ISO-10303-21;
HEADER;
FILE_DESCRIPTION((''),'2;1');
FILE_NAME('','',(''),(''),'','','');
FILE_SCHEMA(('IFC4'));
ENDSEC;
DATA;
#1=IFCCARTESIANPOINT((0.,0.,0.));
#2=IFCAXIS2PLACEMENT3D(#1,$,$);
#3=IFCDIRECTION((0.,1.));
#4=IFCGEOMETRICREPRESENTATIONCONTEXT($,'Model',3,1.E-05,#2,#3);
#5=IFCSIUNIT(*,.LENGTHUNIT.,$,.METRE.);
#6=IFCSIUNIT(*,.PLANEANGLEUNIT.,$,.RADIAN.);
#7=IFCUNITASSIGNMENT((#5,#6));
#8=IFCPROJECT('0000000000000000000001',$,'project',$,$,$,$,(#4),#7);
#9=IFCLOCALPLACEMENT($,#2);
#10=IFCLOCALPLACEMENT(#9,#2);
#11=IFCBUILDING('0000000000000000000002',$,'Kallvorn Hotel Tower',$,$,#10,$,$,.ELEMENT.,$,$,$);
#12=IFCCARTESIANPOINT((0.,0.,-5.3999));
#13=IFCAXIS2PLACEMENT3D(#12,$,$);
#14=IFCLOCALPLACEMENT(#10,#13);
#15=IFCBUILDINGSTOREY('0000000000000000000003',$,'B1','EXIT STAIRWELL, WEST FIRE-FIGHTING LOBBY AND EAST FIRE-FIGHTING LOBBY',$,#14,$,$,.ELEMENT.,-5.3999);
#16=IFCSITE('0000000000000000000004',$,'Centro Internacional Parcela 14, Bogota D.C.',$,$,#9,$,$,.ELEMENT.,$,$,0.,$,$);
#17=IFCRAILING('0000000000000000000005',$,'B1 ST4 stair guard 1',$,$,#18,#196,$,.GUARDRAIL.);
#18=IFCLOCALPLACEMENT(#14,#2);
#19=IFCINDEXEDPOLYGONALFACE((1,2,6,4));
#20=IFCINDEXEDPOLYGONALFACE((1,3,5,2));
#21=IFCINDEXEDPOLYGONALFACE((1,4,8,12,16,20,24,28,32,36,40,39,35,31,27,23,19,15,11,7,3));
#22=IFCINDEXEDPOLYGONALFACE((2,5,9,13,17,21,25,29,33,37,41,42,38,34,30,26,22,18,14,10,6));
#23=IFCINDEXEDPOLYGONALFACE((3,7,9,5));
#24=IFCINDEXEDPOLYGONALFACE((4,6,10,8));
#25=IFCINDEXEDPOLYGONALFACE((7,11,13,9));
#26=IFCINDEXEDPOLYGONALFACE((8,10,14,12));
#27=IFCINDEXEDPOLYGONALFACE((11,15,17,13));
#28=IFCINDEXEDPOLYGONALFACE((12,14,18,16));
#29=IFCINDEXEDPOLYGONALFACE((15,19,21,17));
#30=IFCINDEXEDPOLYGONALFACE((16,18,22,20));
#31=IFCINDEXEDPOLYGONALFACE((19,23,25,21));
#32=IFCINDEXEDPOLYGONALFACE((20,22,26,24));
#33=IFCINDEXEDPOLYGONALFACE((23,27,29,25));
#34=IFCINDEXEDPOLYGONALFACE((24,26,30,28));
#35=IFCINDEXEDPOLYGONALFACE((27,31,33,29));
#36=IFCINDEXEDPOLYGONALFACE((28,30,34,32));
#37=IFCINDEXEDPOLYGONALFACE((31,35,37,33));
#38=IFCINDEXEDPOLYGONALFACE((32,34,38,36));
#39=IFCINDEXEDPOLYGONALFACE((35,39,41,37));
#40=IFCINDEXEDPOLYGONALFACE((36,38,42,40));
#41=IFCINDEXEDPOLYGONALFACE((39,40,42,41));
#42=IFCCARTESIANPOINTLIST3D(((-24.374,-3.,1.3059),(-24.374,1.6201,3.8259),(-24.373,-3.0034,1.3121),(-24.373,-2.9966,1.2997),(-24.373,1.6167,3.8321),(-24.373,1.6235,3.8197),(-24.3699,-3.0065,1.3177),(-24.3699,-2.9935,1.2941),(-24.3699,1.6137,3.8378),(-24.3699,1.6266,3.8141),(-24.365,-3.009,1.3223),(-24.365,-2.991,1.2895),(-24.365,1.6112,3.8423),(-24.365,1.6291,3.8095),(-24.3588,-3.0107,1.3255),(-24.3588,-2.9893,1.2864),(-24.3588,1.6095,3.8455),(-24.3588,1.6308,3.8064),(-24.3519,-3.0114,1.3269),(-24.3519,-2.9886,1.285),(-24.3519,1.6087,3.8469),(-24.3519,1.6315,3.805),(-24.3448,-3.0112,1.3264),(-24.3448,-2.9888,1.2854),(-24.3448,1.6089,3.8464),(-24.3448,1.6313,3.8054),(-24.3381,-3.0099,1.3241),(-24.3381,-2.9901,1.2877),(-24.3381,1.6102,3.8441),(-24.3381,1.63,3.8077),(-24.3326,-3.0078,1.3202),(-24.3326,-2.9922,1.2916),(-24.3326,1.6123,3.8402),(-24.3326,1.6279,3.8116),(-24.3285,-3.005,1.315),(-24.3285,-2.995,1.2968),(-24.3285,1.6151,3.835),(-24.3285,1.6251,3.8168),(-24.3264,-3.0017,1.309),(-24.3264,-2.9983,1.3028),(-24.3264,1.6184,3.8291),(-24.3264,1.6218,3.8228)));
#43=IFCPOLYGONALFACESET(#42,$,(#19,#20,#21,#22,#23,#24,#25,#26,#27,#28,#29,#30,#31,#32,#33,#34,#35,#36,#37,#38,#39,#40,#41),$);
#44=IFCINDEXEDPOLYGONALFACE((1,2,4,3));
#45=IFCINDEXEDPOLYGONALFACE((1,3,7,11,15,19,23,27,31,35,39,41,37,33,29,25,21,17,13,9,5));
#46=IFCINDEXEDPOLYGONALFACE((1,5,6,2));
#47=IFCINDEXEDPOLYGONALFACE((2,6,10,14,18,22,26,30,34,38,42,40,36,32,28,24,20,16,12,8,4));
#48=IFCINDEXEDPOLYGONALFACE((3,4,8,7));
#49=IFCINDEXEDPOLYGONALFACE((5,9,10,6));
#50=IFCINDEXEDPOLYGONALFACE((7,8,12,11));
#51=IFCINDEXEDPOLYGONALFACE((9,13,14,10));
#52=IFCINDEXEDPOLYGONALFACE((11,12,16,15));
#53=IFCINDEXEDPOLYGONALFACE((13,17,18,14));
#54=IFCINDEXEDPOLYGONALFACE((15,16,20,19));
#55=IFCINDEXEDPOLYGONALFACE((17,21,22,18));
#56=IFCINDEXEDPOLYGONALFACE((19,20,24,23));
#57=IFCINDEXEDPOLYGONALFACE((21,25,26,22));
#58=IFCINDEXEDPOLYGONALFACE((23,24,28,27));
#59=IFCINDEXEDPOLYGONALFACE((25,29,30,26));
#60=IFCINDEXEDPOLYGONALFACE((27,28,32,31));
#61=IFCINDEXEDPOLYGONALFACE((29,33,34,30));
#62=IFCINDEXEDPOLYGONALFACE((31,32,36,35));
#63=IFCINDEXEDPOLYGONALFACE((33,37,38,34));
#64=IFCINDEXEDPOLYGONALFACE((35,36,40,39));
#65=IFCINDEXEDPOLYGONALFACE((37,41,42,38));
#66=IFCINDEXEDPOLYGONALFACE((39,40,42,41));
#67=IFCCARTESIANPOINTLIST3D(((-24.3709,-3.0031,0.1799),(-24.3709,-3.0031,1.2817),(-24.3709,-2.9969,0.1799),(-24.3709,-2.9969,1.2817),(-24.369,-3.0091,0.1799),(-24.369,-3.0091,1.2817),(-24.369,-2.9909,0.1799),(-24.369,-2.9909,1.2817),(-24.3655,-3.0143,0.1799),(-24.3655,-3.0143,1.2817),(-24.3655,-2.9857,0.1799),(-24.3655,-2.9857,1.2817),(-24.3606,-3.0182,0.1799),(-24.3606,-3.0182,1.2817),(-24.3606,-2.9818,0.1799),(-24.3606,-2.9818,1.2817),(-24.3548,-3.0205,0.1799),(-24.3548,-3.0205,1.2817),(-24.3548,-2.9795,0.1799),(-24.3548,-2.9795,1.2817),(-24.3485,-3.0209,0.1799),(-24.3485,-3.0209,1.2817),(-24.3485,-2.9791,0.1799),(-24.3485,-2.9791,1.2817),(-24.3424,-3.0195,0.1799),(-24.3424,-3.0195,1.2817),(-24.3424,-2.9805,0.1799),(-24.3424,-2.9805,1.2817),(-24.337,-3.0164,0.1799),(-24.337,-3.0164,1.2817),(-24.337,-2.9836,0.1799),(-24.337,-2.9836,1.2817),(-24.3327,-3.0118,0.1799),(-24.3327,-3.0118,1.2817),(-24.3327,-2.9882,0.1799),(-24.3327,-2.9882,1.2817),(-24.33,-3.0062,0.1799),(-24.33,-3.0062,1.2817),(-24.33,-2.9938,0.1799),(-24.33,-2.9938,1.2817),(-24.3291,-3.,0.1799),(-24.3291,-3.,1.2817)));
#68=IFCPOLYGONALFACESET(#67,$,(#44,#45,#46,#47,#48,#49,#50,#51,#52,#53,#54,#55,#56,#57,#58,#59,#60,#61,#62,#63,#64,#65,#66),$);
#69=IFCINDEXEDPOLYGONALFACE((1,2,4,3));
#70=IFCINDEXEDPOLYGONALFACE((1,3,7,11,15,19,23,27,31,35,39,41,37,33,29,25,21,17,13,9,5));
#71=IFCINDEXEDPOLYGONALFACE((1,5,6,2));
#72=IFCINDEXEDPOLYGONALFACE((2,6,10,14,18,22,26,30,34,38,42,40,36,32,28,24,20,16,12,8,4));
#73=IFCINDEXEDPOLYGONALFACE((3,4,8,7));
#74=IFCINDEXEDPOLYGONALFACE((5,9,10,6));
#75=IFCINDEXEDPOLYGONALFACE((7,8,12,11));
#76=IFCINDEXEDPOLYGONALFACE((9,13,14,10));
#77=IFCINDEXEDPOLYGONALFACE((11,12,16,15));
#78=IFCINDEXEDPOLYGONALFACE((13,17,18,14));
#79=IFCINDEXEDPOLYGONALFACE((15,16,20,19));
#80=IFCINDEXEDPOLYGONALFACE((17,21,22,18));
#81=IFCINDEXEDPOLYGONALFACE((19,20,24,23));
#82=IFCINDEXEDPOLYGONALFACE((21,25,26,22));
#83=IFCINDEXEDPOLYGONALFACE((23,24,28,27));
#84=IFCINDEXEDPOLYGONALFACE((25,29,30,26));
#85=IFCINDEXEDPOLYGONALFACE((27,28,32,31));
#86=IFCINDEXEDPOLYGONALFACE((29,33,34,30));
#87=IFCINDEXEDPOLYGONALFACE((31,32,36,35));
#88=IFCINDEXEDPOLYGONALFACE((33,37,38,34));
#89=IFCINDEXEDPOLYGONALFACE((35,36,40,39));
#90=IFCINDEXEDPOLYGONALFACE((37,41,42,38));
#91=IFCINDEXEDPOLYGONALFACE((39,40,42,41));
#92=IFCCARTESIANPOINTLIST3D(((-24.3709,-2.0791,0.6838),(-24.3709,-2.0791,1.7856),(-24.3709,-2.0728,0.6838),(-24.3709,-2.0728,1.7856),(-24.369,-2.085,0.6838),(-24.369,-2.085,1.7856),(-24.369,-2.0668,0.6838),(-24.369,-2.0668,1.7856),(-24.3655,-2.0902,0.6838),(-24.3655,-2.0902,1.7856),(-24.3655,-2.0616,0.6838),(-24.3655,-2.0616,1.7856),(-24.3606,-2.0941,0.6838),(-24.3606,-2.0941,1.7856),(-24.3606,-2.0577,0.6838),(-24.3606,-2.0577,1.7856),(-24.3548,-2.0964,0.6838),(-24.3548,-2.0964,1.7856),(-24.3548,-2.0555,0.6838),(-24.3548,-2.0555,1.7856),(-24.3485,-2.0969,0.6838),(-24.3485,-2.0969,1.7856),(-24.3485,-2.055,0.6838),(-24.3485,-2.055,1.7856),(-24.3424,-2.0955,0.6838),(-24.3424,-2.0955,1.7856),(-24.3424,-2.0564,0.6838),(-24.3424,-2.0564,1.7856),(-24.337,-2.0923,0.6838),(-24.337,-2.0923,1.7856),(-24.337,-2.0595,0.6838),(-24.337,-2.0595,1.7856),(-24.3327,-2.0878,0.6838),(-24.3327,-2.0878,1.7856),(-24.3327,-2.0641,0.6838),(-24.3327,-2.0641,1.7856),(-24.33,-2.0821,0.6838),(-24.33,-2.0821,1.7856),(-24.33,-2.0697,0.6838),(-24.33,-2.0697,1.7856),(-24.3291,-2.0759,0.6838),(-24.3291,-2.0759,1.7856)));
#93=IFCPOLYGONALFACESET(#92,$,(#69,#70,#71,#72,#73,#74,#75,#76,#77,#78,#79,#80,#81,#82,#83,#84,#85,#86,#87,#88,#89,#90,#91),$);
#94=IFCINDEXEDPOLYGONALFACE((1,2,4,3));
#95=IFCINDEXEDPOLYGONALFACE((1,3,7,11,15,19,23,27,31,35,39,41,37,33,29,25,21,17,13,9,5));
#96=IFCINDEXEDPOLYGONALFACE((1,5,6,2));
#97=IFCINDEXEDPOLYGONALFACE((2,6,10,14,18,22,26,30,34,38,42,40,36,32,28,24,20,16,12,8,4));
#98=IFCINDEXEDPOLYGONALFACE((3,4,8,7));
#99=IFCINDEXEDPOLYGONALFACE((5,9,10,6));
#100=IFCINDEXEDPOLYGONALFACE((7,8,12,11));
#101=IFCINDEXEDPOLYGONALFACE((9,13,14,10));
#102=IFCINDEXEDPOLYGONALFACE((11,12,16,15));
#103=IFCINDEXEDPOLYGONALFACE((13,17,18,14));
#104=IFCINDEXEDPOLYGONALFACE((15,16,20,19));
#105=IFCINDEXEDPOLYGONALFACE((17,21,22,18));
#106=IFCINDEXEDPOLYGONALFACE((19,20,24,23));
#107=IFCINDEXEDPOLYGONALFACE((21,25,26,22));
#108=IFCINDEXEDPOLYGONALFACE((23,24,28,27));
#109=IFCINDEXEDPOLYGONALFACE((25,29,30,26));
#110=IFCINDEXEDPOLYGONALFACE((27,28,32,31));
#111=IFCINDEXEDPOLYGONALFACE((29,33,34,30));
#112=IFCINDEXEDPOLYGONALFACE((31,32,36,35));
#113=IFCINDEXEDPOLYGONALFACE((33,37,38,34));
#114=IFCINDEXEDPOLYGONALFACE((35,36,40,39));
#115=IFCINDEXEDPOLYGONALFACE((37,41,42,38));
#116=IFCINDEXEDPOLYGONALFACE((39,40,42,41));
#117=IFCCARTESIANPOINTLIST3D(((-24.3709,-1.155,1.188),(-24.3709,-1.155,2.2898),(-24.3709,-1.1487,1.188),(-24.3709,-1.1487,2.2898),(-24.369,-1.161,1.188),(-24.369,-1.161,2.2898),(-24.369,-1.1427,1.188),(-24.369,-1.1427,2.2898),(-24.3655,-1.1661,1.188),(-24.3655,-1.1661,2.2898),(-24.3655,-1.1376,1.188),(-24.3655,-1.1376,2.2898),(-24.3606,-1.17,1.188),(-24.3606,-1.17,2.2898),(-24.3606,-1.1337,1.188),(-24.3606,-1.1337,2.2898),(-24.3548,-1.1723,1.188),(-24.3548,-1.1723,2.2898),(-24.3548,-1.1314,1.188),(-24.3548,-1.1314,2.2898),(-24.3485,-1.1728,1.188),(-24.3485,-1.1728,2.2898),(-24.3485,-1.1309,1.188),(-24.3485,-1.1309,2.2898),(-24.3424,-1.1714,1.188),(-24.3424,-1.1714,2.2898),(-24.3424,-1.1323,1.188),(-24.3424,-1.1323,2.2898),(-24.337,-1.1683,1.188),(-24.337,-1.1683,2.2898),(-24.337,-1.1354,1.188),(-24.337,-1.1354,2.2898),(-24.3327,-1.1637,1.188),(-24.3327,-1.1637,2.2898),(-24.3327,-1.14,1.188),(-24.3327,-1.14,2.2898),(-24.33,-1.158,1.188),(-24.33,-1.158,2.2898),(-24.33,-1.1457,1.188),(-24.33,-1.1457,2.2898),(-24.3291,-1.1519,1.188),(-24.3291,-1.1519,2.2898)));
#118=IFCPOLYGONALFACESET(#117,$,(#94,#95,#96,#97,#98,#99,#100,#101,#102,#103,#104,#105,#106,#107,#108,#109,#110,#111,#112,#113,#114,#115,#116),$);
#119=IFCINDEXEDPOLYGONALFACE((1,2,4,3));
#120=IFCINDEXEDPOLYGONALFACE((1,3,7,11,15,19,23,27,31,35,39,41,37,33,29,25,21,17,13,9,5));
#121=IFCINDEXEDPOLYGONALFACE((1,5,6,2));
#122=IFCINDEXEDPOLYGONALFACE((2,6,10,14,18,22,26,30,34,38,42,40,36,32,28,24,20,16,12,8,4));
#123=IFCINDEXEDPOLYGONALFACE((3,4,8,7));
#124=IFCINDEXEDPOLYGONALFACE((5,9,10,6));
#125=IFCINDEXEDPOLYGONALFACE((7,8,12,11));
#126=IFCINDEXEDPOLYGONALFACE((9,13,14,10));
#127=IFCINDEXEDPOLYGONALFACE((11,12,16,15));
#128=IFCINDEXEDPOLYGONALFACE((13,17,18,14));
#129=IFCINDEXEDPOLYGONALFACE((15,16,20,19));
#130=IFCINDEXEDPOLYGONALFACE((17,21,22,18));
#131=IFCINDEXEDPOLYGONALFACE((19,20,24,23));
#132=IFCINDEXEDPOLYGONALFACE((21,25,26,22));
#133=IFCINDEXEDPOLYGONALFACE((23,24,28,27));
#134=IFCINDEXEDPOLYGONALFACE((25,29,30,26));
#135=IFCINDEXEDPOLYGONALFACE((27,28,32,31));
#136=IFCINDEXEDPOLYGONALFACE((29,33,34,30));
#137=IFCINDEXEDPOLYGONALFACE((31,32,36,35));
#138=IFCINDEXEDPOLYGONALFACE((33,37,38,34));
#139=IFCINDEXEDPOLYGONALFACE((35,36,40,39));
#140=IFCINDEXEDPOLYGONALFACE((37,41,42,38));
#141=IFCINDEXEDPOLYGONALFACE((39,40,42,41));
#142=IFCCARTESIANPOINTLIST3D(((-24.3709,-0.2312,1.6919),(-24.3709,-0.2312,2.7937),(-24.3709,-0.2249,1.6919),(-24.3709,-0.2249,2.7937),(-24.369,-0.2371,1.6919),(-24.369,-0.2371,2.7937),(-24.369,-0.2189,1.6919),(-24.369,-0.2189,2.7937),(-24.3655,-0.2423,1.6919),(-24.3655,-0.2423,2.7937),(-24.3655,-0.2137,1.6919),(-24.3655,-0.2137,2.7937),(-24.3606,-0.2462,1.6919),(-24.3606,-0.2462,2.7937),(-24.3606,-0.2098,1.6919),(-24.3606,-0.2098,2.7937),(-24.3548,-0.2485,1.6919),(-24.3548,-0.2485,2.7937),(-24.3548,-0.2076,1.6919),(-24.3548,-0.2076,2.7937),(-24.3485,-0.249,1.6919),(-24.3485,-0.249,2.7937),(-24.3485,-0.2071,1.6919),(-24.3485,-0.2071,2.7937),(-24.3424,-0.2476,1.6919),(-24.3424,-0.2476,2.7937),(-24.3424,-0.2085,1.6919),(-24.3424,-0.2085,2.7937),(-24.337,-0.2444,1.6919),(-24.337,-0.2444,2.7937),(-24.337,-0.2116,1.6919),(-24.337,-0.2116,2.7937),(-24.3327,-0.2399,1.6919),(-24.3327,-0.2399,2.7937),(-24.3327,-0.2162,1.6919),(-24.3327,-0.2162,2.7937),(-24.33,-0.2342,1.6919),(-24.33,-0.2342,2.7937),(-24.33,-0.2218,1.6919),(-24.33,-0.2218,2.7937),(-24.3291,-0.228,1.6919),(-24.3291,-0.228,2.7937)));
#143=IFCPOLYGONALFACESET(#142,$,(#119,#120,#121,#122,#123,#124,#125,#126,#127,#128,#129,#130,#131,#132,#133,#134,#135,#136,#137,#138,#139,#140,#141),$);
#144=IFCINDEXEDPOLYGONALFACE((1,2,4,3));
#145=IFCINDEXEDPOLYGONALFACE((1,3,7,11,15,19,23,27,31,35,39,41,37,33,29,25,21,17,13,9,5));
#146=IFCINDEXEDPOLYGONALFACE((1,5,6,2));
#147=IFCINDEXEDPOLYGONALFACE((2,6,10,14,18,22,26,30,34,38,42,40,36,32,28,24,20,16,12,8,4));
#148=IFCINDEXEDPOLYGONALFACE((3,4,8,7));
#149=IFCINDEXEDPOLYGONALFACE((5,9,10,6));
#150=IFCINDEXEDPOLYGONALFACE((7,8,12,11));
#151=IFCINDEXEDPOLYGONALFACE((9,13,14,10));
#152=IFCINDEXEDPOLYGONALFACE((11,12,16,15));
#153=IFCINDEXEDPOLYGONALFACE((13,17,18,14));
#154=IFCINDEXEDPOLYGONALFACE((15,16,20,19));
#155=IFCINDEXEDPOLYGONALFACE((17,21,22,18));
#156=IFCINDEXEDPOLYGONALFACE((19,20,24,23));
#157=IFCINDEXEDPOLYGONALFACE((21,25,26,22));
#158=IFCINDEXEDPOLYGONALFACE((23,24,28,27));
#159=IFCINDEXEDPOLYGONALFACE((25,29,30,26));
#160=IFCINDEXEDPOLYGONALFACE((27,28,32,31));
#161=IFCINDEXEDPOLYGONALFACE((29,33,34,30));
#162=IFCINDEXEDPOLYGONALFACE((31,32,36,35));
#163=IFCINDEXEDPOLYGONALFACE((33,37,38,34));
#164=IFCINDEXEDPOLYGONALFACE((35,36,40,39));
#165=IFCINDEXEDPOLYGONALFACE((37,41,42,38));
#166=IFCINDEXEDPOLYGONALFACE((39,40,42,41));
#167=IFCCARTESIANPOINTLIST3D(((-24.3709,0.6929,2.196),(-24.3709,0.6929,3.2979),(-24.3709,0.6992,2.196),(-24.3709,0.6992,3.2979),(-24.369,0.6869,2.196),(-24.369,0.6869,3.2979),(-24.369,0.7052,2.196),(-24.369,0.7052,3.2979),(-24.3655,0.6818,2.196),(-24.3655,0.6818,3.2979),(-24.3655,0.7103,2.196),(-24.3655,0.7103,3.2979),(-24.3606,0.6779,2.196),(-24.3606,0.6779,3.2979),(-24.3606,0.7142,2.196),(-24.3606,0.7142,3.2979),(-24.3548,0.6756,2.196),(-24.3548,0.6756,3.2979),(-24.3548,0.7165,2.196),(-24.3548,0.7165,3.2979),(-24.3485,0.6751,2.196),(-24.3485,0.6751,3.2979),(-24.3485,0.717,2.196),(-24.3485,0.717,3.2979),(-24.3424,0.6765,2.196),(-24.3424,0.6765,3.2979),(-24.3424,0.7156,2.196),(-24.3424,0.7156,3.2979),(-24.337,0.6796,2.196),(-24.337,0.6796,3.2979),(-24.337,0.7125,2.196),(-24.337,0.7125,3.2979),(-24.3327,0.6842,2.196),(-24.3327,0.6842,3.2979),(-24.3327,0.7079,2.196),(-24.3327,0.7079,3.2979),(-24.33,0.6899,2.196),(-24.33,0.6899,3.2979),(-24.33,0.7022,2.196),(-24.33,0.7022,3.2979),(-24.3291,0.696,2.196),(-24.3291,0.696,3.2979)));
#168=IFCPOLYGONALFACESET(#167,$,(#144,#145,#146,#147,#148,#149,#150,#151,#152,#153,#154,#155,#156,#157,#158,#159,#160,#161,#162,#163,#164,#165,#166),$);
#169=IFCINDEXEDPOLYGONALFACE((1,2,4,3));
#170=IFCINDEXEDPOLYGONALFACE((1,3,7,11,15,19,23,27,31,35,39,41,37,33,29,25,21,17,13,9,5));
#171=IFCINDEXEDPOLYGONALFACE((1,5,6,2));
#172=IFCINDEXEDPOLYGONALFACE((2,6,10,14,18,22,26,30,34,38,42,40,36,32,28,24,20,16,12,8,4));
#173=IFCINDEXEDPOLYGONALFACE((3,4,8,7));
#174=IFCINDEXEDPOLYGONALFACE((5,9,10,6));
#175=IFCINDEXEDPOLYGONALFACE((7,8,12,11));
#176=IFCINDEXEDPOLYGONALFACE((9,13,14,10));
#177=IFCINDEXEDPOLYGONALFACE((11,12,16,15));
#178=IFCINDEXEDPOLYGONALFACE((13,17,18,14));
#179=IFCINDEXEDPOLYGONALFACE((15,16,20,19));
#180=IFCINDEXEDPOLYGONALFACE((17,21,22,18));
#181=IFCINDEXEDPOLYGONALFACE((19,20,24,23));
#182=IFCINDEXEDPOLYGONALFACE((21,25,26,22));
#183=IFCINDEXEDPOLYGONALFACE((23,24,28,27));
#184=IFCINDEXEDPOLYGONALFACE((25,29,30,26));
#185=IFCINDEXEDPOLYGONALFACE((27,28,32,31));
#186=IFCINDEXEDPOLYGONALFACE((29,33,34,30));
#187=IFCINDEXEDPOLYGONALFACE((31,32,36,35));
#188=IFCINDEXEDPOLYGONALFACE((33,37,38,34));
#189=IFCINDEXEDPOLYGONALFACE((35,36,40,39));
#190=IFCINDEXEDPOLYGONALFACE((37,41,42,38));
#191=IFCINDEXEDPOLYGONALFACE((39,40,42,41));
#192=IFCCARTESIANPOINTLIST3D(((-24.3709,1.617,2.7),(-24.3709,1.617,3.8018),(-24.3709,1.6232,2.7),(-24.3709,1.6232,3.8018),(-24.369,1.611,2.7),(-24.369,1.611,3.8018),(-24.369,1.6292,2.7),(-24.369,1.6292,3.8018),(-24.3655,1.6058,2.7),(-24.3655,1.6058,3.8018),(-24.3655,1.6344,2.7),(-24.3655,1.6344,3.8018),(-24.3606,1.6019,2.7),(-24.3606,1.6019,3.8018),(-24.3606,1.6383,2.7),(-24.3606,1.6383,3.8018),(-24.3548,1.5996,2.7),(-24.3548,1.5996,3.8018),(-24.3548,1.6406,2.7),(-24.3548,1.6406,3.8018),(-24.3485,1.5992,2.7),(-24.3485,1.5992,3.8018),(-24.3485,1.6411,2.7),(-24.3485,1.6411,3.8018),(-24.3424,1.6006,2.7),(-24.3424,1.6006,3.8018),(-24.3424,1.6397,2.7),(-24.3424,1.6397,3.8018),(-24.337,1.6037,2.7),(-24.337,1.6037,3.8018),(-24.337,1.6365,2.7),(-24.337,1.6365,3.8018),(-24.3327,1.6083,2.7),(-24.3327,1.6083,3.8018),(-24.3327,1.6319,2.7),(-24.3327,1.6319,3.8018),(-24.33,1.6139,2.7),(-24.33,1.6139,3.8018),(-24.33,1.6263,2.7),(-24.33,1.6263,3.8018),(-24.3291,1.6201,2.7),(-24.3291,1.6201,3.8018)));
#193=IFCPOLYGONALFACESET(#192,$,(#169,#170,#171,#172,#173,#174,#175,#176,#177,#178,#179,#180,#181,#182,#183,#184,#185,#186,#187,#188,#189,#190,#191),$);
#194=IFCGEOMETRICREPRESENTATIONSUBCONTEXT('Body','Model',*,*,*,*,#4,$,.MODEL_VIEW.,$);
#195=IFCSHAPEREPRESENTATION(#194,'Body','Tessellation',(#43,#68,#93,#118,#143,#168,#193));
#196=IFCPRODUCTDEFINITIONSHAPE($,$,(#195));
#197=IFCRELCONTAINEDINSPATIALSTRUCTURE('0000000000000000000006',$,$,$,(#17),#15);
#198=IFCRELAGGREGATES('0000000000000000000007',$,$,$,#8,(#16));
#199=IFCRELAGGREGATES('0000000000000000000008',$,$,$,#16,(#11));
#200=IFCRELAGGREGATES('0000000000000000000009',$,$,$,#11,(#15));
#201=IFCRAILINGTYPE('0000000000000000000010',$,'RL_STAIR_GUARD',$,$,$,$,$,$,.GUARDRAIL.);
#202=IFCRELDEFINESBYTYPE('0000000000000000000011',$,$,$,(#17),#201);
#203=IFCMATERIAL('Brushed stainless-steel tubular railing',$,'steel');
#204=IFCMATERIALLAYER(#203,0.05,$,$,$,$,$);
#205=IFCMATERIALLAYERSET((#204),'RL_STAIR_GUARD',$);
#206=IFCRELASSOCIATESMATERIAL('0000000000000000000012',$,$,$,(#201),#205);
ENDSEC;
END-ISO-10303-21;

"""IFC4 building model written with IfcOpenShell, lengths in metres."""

from ifc_helpers import new_model, si_unit, direction, frame, origin, origin_2d, place, context, subcontext, project, spatial, circle, extrude, material, layer, layer_set, type_object, element, save


model = new_model("IFC4")

# Units and contexts
model_context = context("Model", 3, precision=1e-05, world=origin(), true_north=direction((0.0, 1.0)))
body_context = subcontext(model_context, "Body", "Model", "MODEL_VIEW")
ifc_project = project(units=[si_unit("LENGTHUNIT", "METRE"), si_unit("PLANEANGLEUNIT", "RADIAN")], contexts=[model_context])

# Site, building, storey
site_placement = place(None, origin())
site = spatial("IfcSite", under=ifc_project, at=site_placement, Name="Centro Internacional Parcela 14, Bogota D.C.", CompositionType="ELEMENT", RefElevation=0.0)
building_placement = place(site_placement, origin())
building = spatial("IfcBuilding", under=site, at=building_placement, Name="Kallvorn Hotel Tower", CompositionType="ELEMENT")
storey_placement = place(building_placement, frame((0.0, 0.0, -5.3999)))
storey = spatial("IfcBuildingStorey", under=building, at=storey_placement, Name="B1", Description="EXIT STAIRWELL, WEST FIRE-FIGHTING LOBBY AND EAST FIRE-FIGHTING LOBBY", CompositionType="ELEMENT", Elevation=-5.3999)

# Railing
ifc_material_1 = material(Name="Brushed stainless-steel tubular railing", Category="steel")
ifc_layer_1 = layer(ifc_material_1, 0.05)
ifc_layer_set_1 = layer_set([ifc_layer_1], Name="RL_STAIR_GUARD")
railing_type_1 = type_object("IfcRailingType", Name="RL_STAIR_GUARD", PredefinedType="GUARDRAIL", material=ifc_layer_set_1)
railing_1_placement = place(storey_placement, frame((-24.3501, -3.0, 0.1799)))
element("IfcRailing", 1, at=railing_1_placement, inside=storey, type_object=railing_type_1, Name="B1 ST4 stair guard 1", PredefinedType="GUARDRAIL", context=body_context, shape_type="SweptSolid", body=[
    extrude(circle(Radius=0.0239, at=origin_2d()), frame((0.0, 0.0, 1.126), z_axis=(0.0, 0.877899, 0.478846), x_axis=(-1.0, 0.0, 0.0)), (0.0, 0.0, 1.0), 5.2627),
    extrude(circle(Radius=0.021, at=origin_2d()), origin(), (0.0, 0.0, 1.0), 1.1018),
    extrude(circle(Radius=0.021, at=origin_2d()), frame((0.0, 0.9241, 0.5039)), (0.0, 0.0, 1.0), 1.1018),
    extrude(circle(Radius=0.021, at=origin_2d()), frame((0.0, 1.8481, 1.0081)), (0.0, 0.0, 1.0), 1.1018),
    extrude(circle(Radius=0.021, at=origin_2d()), frame((0.0, 2.772, 1.512)), (0.0, 0.0, 1.0), 1.1018),
    extrude(circle(Radius=0.021, at=origin_2d()), frame((0.0, 3.696, 2.0161)), (0.0, 0.0, 1.0), 1.1018),
    extrude(circle(Radius=0.021, at=origin_2d()), frame((0.0, 4.6201, 2.52)), (0.0, 0.0, 1.0), 1.1018),
])

save(model, "model.ifc")
